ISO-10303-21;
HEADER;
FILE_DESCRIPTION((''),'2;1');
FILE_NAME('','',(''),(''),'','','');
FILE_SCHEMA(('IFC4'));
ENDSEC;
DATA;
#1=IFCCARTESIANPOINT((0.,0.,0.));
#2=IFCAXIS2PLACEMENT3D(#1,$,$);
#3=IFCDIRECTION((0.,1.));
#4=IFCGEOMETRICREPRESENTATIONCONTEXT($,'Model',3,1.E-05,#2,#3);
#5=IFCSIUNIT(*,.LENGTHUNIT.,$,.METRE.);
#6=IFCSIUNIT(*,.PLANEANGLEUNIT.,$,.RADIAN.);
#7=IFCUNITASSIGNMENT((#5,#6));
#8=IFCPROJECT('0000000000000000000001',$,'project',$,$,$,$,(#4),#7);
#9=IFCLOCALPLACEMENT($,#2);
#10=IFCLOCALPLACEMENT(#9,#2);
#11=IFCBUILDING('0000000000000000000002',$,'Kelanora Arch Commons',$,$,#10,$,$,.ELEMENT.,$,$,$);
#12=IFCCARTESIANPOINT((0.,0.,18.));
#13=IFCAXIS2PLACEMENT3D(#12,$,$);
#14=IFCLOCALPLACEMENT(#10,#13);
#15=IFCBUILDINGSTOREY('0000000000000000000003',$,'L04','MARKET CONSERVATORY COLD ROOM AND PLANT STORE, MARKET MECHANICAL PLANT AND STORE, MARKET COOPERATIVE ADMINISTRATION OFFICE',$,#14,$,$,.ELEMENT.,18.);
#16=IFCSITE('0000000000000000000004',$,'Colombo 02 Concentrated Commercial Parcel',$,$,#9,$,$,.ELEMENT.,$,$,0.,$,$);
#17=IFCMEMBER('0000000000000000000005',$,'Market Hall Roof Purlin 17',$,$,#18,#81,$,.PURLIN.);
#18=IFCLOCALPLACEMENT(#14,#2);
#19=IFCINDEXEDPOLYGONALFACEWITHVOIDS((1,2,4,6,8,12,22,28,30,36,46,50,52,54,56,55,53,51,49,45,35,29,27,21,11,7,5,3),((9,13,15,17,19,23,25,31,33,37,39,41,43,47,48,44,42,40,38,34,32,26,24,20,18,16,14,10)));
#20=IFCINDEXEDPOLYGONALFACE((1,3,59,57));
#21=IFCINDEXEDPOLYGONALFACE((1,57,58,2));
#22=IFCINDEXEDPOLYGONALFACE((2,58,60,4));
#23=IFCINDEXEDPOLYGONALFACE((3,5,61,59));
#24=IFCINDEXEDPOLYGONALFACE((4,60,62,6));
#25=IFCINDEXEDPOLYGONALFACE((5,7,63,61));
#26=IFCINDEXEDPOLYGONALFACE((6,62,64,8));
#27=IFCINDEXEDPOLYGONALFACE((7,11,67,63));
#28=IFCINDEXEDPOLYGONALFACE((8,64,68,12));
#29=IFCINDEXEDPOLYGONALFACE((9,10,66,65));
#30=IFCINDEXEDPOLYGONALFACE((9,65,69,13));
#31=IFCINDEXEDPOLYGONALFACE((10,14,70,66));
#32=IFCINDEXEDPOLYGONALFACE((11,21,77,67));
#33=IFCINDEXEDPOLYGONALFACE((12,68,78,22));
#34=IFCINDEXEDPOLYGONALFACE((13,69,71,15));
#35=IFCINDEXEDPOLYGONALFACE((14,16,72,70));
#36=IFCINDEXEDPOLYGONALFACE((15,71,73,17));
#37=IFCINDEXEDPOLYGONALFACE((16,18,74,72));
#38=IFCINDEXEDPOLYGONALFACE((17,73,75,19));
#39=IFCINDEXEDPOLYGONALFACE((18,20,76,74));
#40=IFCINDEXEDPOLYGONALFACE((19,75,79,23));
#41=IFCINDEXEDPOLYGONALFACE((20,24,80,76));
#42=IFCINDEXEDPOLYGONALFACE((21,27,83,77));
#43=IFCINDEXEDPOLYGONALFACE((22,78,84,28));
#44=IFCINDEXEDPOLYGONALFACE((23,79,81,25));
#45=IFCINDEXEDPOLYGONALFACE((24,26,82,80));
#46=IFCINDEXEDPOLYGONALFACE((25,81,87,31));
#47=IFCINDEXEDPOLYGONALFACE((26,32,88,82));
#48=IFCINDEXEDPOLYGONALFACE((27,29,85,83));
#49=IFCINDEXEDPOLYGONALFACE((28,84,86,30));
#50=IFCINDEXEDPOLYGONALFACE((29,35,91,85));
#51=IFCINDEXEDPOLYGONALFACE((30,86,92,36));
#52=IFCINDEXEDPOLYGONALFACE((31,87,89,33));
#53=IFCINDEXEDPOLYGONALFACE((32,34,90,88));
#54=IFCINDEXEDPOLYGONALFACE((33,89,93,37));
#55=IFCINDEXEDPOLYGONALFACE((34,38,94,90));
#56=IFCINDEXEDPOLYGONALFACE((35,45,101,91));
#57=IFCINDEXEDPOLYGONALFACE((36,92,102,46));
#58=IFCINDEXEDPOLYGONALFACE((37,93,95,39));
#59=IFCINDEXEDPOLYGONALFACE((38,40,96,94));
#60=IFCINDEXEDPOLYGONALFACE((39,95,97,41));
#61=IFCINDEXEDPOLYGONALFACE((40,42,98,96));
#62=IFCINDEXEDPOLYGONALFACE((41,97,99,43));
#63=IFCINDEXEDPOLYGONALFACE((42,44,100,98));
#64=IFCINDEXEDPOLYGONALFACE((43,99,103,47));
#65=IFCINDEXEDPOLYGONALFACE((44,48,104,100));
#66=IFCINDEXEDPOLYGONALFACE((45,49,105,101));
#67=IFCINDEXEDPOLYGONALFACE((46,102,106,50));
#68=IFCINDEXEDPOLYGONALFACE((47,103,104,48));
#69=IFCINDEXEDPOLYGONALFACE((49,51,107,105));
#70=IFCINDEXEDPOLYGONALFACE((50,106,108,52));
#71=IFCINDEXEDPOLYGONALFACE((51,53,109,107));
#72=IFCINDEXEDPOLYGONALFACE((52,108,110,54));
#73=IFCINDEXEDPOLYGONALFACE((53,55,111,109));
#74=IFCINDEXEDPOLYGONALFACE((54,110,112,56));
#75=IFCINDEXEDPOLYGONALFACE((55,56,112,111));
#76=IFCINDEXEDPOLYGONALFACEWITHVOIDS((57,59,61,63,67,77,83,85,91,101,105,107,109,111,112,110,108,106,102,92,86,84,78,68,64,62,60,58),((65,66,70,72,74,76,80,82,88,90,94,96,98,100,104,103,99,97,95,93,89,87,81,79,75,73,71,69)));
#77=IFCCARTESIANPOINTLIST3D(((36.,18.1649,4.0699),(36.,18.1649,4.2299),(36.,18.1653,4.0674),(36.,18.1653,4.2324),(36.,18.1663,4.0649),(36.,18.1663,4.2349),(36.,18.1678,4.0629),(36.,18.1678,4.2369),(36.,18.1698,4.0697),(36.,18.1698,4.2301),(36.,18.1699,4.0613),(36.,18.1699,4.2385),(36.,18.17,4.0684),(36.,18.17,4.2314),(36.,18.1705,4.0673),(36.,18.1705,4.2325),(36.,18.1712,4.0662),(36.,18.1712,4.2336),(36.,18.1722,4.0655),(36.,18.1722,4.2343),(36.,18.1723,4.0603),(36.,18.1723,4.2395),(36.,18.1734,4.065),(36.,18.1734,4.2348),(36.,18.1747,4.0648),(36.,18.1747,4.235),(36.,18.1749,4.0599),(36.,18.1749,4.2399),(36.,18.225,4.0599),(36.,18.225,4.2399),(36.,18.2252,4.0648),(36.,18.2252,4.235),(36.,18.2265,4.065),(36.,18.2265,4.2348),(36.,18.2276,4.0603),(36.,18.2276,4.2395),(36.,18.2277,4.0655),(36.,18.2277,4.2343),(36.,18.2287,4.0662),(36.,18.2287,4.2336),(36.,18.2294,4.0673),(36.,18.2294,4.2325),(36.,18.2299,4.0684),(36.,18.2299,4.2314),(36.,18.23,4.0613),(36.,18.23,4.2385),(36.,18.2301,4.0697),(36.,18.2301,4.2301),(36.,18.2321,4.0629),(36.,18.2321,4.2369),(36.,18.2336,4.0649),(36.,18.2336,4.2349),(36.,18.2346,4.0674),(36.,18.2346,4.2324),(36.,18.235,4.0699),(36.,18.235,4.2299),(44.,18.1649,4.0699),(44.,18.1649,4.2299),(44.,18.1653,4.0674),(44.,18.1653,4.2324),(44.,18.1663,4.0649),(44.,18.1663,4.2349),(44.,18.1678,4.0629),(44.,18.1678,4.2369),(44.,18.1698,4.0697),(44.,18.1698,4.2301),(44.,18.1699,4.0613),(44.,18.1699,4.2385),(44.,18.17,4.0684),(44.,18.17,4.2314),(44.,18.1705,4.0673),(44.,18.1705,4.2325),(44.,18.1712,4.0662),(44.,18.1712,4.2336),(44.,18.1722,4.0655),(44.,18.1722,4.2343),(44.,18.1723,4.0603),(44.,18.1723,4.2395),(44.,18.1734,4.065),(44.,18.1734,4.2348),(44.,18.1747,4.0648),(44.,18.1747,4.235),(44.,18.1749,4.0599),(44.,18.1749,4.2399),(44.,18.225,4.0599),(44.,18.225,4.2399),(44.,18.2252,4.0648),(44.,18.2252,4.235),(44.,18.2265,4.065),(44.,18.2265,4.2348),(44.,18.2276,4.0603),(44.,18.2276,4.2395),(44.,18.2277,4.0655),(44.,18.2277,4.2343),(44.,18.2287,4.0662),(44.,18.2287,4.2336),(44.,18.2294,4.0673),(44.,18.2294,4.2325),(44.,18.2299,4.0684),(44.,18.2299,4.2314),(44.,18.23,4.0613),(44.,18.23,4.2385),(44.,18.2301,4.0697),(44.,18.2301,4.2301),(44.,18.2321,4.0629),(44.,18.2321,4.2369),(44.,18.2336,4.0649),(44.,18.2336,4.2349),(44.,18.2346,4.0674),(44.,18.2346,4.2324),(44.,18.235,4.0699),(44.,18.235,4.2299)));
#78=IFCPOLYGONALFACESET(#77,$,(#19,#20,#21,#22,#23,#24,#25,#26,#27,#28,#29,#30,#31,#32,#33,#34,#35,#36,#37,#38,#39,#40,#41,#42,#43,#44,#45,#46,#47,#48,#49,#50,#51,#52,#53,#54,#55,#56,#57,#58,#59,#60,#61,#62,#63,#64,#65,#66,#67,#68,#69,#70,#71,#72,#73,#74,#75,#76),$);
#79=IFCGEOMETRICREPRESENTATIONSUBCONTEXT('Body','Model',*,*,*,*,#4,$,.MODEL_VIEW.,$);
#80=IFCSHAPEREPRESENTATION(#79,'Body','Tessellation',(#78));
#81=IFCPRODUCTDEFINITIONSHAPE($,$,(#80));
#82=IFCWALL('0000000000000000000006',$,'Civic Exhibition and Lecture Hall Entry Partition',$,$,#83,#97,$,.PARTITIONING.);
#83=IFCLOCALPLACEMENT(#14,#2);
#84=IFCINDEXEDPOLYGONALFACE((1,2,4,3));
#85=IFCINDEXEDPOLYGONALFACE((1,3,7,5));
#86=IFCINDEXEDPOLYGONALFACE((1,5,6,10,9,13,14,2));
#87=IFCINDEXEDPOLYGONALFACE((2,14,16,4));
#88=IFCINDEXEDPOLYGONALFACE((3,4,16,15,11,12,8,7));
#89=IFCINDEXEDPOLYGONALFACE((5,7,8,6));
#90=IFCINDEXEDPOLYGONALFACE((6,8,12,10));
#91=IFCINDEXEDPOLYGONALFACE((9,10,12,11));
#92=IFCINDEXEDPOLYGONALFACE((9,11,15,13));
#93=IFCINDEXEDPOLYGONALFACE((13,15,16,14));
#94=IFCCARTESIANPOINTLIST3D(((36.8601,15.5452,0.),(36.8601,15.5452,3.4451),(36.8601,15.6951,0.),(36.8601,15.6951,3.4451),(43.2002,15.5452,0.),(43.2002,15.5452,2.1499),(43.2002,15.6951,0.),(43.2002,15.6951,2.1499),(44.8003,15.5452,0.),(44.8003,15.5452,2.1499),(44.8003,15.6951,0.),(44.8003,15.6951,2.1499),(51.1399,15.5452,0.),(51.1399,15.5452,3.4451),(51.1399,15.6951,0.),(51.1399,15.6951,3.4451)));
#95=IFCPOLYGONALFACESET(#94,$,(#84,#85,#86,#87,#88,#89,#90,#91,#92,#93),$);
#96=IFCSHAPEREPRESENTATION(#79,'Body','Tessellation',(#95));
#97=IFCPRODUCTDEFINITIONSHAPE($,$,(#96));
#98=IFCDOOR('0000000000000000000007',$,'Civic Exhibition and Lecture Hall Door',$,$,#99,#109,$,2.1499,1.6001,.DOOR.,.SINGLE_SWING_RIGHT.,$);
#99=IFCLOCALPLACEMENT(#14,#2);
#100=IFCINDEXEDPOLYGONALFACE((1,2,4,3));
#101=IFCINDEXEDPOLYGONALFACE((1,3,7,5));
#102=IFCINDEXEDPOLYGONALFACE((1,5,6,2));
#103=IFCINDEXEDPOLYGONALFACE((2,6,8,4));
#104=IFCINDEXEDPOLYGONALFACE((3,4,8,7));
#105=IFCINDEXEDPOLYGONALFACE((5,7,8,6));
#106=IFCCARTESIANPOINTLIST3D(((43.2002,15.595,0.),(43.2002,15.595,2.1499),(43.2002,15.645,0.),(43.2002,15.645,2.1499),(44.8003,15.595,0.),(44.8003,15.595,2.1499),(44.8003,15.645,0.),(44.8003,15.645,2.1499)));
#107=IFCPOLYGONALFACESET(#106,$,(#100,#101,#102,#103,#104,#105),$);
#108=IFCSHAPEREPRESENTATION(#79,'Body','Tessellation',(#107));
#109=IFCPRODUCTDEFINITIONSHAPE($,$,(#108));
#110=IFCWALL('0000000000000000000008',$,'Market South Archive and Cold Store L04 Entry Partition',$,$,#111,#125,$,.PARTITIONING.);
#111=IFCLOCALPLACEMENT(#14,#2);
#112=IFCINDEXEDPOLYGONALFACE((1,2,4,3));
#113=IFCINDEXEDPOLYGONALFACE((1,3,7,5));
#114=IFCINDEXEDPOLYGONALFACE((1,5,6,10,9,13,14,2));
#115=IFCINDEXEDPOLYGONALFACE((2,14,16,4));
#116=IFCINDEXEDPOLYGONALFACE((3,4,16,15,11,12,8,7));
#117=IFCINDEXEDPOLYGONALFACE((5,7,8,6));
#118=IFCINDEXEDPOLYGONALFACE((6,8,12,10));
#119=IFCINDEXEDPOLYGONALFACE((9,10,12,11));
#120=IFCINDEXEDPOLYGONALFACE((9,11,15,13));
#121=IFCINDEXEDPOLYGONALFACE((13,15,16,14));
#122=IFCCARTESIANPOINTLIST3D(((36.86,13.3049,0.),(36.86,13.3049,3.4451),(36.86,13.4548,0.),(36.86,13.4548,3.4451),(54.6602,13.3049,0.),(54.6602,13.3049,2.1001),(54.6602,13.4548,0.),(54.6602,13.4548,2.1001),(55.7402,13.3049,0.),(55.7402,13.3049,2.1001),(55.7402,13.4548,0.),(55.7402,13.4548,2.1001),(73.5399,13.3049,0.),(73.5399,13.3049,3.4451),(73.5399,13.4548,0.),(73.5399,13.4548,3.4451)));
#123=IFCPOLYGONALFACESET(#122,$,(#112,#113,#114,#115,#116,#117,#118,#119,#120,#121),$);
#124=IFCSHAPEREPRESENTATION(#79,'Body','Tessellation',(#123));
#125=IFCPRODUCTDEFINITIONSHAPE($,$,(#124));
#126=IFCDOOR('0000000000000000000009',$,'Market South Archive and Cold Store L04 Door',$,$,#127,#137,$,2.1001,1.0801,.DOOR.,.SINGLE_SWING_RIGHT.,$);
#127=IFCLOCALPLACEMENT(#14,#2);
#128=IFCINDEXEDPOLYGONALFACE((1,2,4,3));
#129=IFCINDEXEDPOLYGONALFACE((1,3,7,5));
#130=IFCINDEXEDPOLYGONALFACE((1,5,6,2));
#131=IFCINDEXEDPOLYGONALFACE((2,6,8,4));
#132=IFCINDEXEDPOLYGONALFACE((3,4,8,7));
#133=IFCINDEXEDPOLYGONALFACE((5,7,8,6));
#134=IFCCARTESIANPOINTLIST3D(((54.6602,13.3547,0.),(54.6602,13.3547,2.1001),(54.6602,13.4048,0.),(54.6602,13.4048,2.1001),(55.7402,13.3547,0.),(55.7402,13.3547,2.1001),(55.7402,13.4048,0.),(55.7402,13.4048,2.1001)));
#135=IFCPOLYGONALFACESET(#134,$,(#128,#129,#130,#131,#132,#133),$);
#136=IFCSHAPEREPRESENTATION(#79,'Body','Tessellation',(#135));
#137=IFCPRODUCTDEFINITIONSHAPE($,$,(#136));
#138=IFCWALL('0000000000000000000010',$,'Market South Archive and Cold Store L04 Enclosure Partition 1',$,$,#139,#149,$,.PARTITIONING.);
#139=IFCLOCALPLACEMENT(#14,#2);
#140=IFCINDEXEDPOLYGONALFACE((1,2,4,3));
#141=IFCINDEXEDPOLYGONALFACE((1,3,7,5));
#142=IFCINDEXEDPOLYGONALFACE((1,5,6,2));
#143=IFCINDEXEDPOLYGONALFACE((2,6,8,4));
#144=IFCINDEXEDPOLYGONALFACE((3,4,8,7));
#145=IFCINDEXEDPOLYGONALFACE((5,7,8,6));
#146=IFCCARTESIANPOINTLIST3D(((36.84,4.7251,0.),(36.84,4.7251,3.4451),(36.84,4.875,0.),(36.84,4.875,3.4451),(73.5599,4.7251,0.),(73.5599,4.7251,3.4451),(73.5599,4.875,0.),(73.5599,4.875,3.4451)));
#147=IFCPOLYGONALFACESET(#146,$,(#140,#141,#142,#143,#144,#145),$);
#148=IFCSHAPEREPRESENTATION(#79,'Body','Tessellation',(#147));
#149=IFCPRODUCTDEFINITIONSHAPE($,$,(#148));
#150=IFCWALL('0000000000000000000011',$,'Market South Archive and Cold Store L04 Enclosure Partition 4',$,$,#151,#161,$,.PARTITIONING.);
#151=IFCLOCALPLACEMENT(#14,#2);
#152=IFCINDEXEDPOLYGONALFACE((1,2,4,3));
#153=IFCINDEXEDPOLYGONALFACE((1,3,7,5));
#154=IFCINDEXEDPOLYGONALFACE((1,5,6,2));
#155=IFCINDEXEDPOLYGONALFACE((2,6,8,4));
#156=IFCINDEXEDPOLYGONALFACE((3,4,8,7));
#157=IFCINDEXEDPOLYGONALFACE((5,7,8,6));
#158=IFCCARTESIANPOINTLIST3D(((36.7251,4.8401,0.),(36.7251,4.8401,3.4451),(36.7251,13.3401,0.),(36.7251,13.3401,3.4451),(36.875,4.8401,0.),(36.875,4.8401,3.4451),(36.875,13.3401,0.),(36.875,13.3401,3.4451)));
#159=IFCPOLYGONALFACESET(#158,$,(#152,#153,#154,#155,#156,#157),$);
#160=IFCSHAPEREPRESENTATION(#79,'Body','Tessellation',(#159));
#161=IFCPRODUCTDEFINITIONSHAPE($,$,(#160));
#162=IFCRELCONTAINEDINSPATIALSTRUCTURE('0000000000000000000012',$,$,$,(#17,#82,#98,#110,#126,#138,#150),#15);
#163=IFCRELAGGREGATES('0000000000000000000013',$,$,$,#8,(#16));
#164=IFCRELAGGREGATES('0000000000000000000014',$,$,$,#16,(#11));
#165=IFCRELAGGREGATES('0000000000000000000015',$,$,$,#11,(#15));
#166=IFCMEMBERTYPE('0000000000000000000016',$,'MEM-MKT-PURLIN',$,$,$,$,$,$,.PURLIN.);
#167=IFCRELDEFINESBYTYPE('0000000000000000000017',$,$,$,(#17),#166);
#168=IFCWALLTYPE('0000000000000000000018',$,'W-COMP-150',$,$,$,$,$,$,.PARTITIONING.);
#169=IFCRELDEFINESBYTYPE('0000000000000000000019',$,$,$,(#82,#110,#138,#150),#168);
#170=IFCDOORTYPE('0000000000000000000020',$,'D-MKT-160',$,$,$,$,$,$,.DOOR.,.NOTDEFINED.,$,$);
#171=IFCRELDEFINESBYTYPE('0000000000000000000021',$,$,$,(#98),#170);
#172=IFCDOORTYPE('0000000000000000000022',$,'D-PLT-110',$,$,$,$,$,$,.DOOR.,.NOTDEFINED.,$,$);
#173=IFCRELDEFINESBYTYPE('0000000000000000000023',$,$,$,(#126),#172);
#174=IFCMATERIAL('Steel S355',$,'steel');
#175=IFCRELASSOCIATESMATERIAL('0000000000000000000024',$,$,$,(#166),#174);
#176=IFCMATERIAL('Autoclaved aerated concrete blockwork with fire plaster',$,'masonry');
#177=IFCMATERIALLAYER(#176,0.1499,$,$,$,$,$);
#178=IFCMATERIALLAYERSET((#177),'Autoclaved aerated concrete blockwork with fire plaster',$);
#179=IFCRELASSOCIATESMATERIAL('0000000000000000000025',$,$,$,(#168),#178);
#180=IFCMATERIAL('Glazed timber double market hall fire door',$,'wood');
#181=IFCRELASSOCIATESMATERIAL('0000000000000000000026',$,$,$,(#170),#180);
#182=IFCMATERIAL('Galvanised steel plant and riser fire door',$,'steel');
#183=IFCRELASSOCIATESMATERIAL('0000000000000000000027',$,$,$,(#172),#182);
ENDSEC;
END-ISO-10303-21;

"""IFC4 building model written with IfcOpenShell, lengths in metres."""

from ifc_helpers import new_model, si_unit, direction, frame, frame_2d, origin, origin_2d, place, context, subcontext, project, spatial, rectangle, hollow_rectangle, extrude, material, layer, layer_set, material_profile, profile_set, type_object, element, fill, save


model = new_model("IFC4")

# Units and contexts
model_context = context("Model", 3, precision=1e-05, world=origin(), true_north=direction((0.0, 1.0)))
body_context = subcontext(model_context, "Body", "Model", "MODEL_VIEW")
ifc_project = project(units=[si_unit("LENGTHUNIT", "METRE"), si_unit("PLANEANGLEUNIT", "RADIAN")], contexts=[model_context])

# Site, building, storey
site_placement = place(None, origin())
site = spatial("IfcSite", under=ifc_project, at=site_placement, Name="Colombo 02 Concentrated Commercial Parcel", CompositionType="ELEMENT", RefElevation=0.0)
building_placement = place(site_placement, origin())
building = spatial("IfcBuilding", under=site, at=building_placement, Name="Kelanora Arch Commons", CompositionType="ELEMENT")
storey_placement = place(building_placement, frame((0.0, 0.0, 18.0)))
storey = spatial("IfcBuildingStorey", under=building, at=storey_placement, Name="L04", Description="MARKET CONSERVATORY COLD ROOM AND PLANT STORE, MARKET MECHANICAL PLANT AND STORE, MARKET COOPERATIVE ADMINISTRATION OFFICE", CompositionType="ELEMENT", Elevation=18.0)

# Shared definitions
ifc_material_1 = material(Name="Steel S355", Category="steel")

# Member
ifc_material_profile_1 = material_profile(ifc_material_1, hollow_rectangle(XDim=0.0701, YDim=0.1799, WallThickness=0.0049, InnerFilletRadius=0.0049, OuterFilletRadius=0.01, at=origin_2d()), Name="RHS180x70x5")
ifc_profile_set_1 = profile_set([ifc_material_profile_1], Name="Steel S355")
member_type = type_object("IfcMemberType", Name="MEM-MKT-PURLIN", PredefinedType="PURLIN", material=ifc_profile_set_1)
for number, where, z_axis, x_axis, name in (
    (1, (36.0, 18.2, 4.1499), (1.0, 0.0, 0.0), (0.0, 1.0, 0.0), "Market Hall Roof Purlin 17"),
):
    element("IfcMember", number, at=place(storey_placement, frame(where, z_axis=z_axis, x_axis=x_axis)), inside=storey, type_object=member_type, Name=name, PredefinedType="PURLIN", context=body_context, shape_type="SweptSolid", body=[
        extrude(hollow_rectangle(XDim=0.0701, YDim=0.1799, WallThickness=0.0049, InnerFilletRadius=0.0049, OuterFilletRadius=0.01, at=origin_2d()), origin(), (0.0, 0.0, 1.0), 8.0),
    ])

# Walls, openings, doors
ifc_material_2 = material(Name="Autoclaved aerated concrete blockwork with fire plaster", Category="masonry")
ifc_layer_1 = layer(ifc_material_2, 0.1499)
ifc_layer_set_1 = layer_set([ifc_layer_1], Name="Autoclaved aerated concrete blockwork with fire plaster")
wall_type_1 = type_object("IfcWallType", Name="W-COMP-150", PredefinedType="PARTITIONING", material=ifc_layer_set_1)
wall_1_placement = place(storey_placement, frame((36.8601, 15.6201, 0.0), z_axis=(0.0, 0.0, 1.0), x_axis=(1.0, 0.0, 0.0)))
wall_1 = element("IfcWall", 2, at=wall_1_placement, inside=storey, type_object=wall_type_1, Name="Civic Exhibition and Lecture Hall Entry Partition", PredefinedType="PARTITIONING", context=body_context, shape_type="SweptSolid", body=[
    extrude(rectangle(XDim=14.2798, YDim=0.1499, at=frame_2d((7.1399, 0.0))), origin(), (0.0, 0.0, 1.0), 3.4451),
])
opening_1_placement = place(wall_1_placement, frame((6.3401, 0.0, 0.0)))
opening_1 = element("IfcOpeningElement", 3, at=opening_1_placement, cuts=wall_1, PredefinedType="OPENING", context=body_context, shape_type="SweptSolid", body=[
    extrude(rectangle(XDim=1.6001, YDim=2.1499, at=frame_2d((0.8, 1.075))), frame((0.0, 0.085, 0.0), z_axis=(0.0, -1.0, 0.0), x_axis=(1.0, 0.0, 0.0)), (0.0, 0.0, 1.0), 0.1699),
])
ifc_material_3 = material(Name="Glazed timber double market hall fire door", Category="wood")
door_type_1 = type_object("IfcDoorType", Name="D-MKT-160", OperationType="NOTDEFINED", PredefinedType="DOOR", material=ifc_material_3)
door_1_placement = place(opening_1_placement, origin())
door_1 = element("IfcDoor", 4, at=door_1_placement, inside=storey, type_object=door_type_1, Name="Civic Exhibition and Lecture Hall Door", OperationType="SINGLE_SWING_RIGHT", OverallHeight=2.1499, OverallWidth=1.6001, PredefinedType="DOOR", context=body_context, shape_type="SweptSolid", body=[
    extrude(rectangle(XDim=1.6001, YDim=2.1499, at=frame_2d((0.8, 1.075))), frame((0.0, 0.0249, 0.0), z_axis=(0.0, -1.0, 0.0), x_axis=(1.0, 0.0, 0.0)), (0.0, 0.0, 1.0), 0.05),
])
fill(opening_1, door_1)
wall_2_placement = place(storey_placement, frame((36.8601, 13.3799, 0.0), z_axis=(0.0, 0.0, 1.0), x_axis=(1.0, 0.0, 0.0)))
wall_2 = element("IfcWall", 5, at=wall_2_placement, inside=storey, type_object=wall_type_1, Name="Market South Archive and Cold Store L04 Entry Partition", PredefinedType="PARTITIONING", context=body_context, shape_type="SweptSolid", body=[
    extrude(rectangle(XDim=36.6799, YDim=0.1499, at=frame_2d((18.3398, 0.0))), origin(), (0.0, 0.0, 1.0), 3.4451),
])
opening_2_placement = place(wall_2_placement, frame((17.8, 0.0, 0.0)))
opening_2 = element("IfcOpeningElement", 6, at=opening_2_placement, cuts=wall_2, PredefinedType="OPENING", context=body_context, shape_type="SweptSolid", body=[
    extrude(rectangle(XDim=1.0801, YDim=2.1001, at=frame_2d((0.54, 1.05))), frame((0.0, 0.085, 0.0), z_axis=(0.0, -1.0, 0.0), x_axis=(1.0, 0.0, 0.0)), (0.0, 0.0, 1.0), 0.1699),
])
ifc_material_4 = material(Name="Galvanised steel plant and riser fire door", Category="steel")
door_type_2 = type_object("IfcDoorType", Name="D-PLT-110", OperationType="NOTDEFINED", PredefinedType="DOOR", material=ifc_material_4)
door_2_placement = place(opening_2_placement, origin())
door_2 = element("IfcDoor", 7, at=door_2_placement, inside=storey, type_object=door_type_2, Name="Market South Archive and Cold Store L04 Door", OperationType="SINGLE_SWING_RIGHT", OverallHeight=2.1001, OverallWidth=1.0801, PredefinedType="DOOR", context=body_context, shape_type="SweptSolid", body=[
    extrude(rectangle(XDim=1.0801, YDim=2.1001, at=frame_2d((0.54, 1.05))), frame((0.0, 0.0249, 0.0), z_axis=(0.0, -1.0, 0.0), x_axis=(1.0, 0.0, 0.0)), (0.0, 0.0, 1.0), 0.05),
])
fill(opening_2, door_2)

# Walls
wall_3_placement = place(storey_placement, frame((36.8401, 4.8, 0.0), z_axis=(0.0, 0.0, 1.0), x_axis=(1.0, 0.0, 0.0)))
element("IfcWall", 8, at=wall_3_placement, inside=storey, type_object=wall_type_1, Name="Market South Archive and Cold Store L04 Enclosure Partition 1", PredefinedType="PARTITIONING", context=body_context, shape_type="SweptSolid", body=[
    extrude(rectangle(XDim=36.72, YDim=0.1499, at=frame_2d((18.3599, 0.0))), origin(), (0.0, 0.0, 1.0), 3.4451),
])
wall_4_placement = place(storey_placement, frame((36.8, 13.3401, 0.0), z_axis=(0.0, 0.0, 1.0), x_axis=(0.0, -1.0, 0.0)))
element("IfcWall", 9, at=wall_4_placement, inside=storey, type_object=wall_type_1, Name="Market South Archive and Cold Store L04 Enclosure Partition 4", PredefinedType="PARTITIONING", context=body_context, shape_type="SweptSolid", body=[
    extrude(rectangle(XDim=8.5, YDim=0.1499, at=frame_2d((4.25, 0.0))), origin(), (0.0, 0.0, 1.0), 3.4451),
])

save(model, "model.ifc")
